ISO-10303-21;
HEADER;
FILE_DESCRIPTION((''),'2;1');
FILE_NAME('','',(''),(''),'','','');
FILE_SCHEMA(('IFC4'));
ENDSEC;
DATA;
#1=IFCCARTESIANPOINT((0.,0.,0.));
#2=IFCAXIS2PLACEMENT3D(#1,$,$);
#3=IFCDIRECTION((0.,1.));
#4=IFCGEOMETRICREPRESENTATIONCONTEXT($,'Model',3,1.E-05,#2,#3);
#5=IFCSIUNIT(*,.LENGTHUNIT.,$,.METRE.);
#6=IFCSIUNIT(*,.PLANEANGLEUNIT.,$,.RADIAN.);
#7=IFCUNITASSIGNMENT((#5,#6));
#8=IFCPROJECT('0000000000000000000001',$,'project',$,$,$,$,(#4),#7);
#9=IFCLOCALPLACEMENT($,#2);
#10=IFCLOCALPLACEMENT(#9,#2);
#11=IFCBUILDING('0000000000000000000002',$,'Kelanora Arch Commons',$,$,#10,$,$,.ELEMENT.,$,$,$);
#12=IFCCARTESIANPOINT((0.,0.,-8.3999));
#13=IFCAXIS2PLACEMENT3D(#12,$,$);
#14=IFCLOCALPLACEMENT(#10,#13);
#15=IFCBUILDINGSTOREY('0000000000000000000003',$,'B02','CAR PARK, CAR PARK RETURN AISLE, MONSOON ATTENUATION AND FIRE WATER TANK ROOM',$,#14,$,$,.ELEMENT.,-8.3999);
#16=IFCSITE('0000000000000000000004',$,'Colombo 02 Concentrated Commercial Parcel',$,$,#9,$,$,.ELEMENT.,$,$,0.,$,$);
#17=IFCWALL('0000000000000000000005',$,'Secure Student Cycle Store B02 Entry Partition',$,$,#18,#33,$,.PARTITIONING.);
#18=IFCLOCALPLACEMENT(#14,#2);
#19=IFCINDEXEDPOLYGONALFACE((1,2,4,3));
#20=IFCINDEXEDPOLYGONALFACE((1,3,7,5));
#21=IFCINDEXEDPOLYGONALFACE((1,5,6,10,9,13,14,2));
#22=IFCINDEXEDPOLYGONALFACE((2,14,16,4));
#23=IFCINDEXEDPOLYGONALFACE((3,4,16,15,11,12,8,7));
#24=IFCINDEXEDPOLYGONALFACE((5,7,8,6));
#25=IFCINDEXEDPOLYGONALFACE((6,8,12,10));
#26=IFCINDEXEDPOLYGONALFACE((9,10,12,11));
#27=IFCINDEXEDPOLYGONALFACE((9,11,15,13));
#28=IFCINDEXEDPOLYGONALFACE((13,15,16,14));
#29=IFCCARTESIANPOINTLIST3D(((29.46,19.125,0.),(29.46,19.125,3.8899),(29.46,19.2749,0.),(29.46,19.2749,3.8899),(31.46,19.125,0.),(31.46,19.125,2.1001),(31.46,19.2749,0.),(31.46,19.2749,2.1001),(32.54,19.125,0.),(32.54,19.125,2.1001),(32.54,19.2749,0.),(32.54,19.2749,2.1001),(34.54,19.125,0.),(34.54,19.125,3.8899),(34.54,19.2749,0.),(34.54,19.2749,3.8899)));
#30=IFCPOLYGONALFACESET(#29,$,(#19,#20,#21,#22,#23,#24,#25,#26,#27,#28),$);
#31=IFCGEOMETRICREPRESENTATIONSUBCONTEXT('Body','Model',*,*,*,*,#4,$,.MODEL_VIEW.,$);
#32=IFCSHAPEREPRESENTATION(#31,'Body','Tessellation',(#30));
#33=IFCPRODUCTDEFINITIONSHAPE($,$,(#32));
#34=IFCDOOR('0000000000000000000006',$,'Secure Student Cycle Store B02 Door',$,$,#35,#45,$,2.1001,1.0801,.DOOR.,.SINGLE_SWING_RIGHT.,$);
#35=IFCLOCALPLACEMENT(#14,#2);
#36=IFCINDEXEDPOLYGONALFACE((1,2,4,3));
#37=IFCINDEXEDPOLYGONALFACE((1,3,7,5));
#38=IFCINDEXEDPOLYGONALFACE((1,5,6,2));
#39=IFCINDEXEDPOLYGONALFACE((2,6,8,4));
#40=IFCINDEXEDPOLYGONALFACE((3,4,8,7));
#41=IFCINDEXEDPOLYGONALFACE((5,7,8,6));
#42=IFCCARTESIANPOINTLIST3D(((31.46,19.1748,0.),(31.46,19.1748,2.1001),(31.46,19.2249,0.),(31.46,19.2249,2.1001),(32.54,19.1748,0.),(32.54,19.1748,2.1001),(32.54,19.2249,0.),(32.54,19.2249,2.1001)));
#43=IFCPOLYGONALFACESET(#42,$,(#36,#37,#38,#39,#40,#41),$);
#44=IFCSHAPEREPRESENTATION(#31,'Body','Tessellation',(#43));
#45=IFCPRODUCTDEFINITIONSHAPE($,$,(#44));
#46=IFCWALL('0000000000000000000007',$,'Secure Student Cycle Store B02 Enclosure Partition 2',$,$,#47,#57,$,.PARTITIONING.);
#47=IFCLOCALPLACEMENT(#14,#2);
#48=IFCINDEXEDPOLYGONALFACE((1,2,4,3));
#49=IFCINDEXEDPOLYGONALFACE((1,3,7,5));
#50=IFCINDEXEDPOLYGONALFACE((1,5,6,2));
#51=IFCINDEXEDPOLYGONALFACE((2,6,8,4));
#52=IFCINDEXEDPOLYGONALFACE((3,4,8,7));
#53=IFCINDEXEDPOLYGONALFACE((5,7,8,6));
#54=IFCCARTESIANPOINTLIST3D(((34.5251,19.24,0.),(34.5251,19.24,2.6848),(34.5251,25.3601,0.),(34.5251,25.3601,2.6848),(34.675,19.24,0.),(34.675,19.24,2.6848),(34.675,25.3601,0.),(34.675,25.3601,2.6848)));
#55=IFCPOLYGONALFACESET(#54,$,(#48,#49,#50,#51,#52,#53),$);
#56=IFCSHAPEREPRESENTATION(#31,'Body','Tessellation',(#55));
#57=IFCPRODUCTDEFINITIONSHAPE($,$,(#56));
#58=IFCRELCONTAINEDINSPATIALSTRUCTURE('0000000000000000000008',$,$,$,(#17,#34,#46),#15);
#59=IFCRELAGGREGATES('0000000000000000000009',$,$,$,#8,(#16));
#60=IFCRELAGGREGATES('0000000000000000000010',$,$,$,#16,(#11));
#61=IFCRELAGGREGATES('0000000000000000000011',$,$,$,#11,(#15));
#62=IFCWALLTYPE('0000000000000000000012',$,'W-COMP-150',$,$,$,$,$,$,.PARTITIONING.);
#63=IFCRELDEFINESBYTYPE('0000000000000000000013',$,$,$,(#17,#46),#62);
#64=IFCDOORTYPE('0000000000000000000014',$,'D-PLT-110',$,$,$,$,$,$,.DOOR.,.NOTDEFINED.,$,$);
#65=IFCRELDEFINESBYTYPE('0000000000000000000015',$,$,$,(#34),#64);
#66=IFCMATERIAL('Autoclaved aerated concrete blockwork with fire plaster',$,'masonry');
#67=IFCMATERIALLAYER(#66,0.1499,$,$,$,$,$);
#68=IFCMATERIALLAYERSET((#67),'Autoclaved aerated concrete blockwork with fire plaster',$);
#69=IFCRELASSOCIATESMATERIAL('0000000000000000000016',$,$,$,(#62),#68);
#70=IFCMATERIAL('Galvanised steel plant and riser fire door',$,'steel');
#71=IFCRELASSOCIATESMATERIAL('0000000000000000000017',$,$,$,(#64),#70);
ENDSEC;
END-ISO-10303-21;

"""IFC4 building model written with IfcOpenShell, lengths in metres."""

from ifc_helpers import new_model, si_unit, direction, frame, frame_2d, origin, place, context, subcontext, project, spatial, rectangle, extrude, material, layer, layer_set, type_object, element, fill, save


model = new_model("IFC4")

# Units and contexts
model_context = context("Model", 3, precision=1e-05, world=origin(), true_north=direction((0.0, 1.0)))
body_context = subcontext(model_context, "Body", "Model", "MODEL_VIEW")
ifc_project = project(units=[si_unit("LENGTHUNIT", "METRE"), si_unit("PLANEANGLEUNIT", "RADIAN")], contexts=[model_context])

# Site, building, storey
site_placement = place(None, origin())
site = spatial("IfcSite", under=ifc_project, at=site_placement, Name="Colombo 02 Concentrated Commercial Parcel", CompositionType="ELEMENT", RefElevation=0.0)
building_placement = place(site_placement, origin())
building = spatial("IfcBuilding", under=site, at=building_placement, Name="Kelanora Arch Commons", CompositionType="ELEMENT")
storey_placement = place(building_placement, frame((0.0, 0.0, -8.3999)))
storey = spatial("IfcBuildingStorey", under=building, at=storey_placement, Name="B02", Description="CAR PARK, CAR PARK RETURN AISLE, MONSOON ATTENUATION AND FIRE WATER TANK ROOM", CompositionType="ELEMENT", Elevation=-8.3999)

# Wall, opening, door
ifc_material_1 = material(Name="Autoclaved aerated concrete blockwork with fire plaster", Category="masonry")
ifc_layer = layer(ifc_material_1, 0.1499)
ifc_layer_set = layer_set([ifc_layer], Name="Autoclaved aerated concrete blockwork with fire plaster")
wall_type = type_object("IfcWallType", Name="W-COMP-150", PredefinedType="PARTITIONING", material=ifc_layer_set)
wall_1_placement = place(storey_placement, frame((29.46, 19.2, 0.0), z_axis=(0.0, 0.0, 1.0), x_axis=(1.0, 0.0, 0.0)))
wall_1 = element("IfcWall", 1, at=wall_1_placement, inside=storey, type_object=wall_type, Name="Secure Student Cycle Store B02 Entry Partition", PredefinedType="PARTITIONING", context=body_context, shape_type="SweptSolid", body=[
    extrude(rectangle(XDim=5.0801, YDim=0.1499, at=frame_2d((2.54, 0.0))), origin(), (0.0, 0.0, 1.0), 3.8899),
])
opening_placement = place(wall_1_placement, frame((2.0, 0.0, 0.0)))
opening = element("IfcOpeningElement", 2, at=opening_placement, cuts=wall_1, PredefinedType="OPENING", context=body_context, shape_type="SweptSolid", body=[
    extrude(rectangle(XDim=1.0801, YDim=2.1001, at=frame_2d((0.54, 1.05))), frame((0.0, 0.085, 0.0), z_axis=(0.0, -1.0, 0.0), x_axis=(1.0, 0.0, 0.0)), (0.0, 0.0, 1.0), 0.1699),
])
ifc_material_2 = material(Name="Galvanised steel plant and riser fire door", Category="steel")
door_type = type_object("IfcDoorType", Name="D-PLT-110", OperationType="NOTDEFINED", PredefinedType="DOOR", material=ifc_material_2)
door_placement = place(opening_placement, origin())
door = element("IfcDoor", 3, at=door_placement, inside=storey, type_object=door_type, Name="Secure Student Cycle Store B02 Door", OperationType="SINGLE_SWING_RIGHT", OverallHeight=2.1001, OverallWidth=1.0801, PredefinedType="DOOR", context=body_context, shape_type="SweptSolid", body=[
    extrude(rectangle(XDim=1.0801, YDim=2.1001, at=frame_2d((0.54, 1.05))), frame((0.0, 0.0249, 0.0), z_axis=(0.0, -1.0, 0.0), x_axis=(1.0, 0.0, 0.0)), (0.0, 0.0, 1.0), 0.05),
])
fill(opening, door)

# Wall
wall_2_placement = place(storey_placement, frame((34.6001, 19.24, 0.0), z_axis=(0.0, 0.0, 1.0), x_axis=(0.0, 1.0, 0.0)))
element("IfcWall", 4, at=wall_2_placement, inside=storey, type_object=wall_type, Name="Secure Student Cycle Store B02 Enclosure Partition 2", PredefinedType="PARTITIONING", context=body_context, shape_type="SweptSolid", body=[
    extrude(rectangle(XDim=6.1201, YDim=0.1499, at=frame_2d((3.0601, 0.0))), origin(), (0.0, 0.0, 1.0), 2.6848),
])

save(model, "model.ifc")
